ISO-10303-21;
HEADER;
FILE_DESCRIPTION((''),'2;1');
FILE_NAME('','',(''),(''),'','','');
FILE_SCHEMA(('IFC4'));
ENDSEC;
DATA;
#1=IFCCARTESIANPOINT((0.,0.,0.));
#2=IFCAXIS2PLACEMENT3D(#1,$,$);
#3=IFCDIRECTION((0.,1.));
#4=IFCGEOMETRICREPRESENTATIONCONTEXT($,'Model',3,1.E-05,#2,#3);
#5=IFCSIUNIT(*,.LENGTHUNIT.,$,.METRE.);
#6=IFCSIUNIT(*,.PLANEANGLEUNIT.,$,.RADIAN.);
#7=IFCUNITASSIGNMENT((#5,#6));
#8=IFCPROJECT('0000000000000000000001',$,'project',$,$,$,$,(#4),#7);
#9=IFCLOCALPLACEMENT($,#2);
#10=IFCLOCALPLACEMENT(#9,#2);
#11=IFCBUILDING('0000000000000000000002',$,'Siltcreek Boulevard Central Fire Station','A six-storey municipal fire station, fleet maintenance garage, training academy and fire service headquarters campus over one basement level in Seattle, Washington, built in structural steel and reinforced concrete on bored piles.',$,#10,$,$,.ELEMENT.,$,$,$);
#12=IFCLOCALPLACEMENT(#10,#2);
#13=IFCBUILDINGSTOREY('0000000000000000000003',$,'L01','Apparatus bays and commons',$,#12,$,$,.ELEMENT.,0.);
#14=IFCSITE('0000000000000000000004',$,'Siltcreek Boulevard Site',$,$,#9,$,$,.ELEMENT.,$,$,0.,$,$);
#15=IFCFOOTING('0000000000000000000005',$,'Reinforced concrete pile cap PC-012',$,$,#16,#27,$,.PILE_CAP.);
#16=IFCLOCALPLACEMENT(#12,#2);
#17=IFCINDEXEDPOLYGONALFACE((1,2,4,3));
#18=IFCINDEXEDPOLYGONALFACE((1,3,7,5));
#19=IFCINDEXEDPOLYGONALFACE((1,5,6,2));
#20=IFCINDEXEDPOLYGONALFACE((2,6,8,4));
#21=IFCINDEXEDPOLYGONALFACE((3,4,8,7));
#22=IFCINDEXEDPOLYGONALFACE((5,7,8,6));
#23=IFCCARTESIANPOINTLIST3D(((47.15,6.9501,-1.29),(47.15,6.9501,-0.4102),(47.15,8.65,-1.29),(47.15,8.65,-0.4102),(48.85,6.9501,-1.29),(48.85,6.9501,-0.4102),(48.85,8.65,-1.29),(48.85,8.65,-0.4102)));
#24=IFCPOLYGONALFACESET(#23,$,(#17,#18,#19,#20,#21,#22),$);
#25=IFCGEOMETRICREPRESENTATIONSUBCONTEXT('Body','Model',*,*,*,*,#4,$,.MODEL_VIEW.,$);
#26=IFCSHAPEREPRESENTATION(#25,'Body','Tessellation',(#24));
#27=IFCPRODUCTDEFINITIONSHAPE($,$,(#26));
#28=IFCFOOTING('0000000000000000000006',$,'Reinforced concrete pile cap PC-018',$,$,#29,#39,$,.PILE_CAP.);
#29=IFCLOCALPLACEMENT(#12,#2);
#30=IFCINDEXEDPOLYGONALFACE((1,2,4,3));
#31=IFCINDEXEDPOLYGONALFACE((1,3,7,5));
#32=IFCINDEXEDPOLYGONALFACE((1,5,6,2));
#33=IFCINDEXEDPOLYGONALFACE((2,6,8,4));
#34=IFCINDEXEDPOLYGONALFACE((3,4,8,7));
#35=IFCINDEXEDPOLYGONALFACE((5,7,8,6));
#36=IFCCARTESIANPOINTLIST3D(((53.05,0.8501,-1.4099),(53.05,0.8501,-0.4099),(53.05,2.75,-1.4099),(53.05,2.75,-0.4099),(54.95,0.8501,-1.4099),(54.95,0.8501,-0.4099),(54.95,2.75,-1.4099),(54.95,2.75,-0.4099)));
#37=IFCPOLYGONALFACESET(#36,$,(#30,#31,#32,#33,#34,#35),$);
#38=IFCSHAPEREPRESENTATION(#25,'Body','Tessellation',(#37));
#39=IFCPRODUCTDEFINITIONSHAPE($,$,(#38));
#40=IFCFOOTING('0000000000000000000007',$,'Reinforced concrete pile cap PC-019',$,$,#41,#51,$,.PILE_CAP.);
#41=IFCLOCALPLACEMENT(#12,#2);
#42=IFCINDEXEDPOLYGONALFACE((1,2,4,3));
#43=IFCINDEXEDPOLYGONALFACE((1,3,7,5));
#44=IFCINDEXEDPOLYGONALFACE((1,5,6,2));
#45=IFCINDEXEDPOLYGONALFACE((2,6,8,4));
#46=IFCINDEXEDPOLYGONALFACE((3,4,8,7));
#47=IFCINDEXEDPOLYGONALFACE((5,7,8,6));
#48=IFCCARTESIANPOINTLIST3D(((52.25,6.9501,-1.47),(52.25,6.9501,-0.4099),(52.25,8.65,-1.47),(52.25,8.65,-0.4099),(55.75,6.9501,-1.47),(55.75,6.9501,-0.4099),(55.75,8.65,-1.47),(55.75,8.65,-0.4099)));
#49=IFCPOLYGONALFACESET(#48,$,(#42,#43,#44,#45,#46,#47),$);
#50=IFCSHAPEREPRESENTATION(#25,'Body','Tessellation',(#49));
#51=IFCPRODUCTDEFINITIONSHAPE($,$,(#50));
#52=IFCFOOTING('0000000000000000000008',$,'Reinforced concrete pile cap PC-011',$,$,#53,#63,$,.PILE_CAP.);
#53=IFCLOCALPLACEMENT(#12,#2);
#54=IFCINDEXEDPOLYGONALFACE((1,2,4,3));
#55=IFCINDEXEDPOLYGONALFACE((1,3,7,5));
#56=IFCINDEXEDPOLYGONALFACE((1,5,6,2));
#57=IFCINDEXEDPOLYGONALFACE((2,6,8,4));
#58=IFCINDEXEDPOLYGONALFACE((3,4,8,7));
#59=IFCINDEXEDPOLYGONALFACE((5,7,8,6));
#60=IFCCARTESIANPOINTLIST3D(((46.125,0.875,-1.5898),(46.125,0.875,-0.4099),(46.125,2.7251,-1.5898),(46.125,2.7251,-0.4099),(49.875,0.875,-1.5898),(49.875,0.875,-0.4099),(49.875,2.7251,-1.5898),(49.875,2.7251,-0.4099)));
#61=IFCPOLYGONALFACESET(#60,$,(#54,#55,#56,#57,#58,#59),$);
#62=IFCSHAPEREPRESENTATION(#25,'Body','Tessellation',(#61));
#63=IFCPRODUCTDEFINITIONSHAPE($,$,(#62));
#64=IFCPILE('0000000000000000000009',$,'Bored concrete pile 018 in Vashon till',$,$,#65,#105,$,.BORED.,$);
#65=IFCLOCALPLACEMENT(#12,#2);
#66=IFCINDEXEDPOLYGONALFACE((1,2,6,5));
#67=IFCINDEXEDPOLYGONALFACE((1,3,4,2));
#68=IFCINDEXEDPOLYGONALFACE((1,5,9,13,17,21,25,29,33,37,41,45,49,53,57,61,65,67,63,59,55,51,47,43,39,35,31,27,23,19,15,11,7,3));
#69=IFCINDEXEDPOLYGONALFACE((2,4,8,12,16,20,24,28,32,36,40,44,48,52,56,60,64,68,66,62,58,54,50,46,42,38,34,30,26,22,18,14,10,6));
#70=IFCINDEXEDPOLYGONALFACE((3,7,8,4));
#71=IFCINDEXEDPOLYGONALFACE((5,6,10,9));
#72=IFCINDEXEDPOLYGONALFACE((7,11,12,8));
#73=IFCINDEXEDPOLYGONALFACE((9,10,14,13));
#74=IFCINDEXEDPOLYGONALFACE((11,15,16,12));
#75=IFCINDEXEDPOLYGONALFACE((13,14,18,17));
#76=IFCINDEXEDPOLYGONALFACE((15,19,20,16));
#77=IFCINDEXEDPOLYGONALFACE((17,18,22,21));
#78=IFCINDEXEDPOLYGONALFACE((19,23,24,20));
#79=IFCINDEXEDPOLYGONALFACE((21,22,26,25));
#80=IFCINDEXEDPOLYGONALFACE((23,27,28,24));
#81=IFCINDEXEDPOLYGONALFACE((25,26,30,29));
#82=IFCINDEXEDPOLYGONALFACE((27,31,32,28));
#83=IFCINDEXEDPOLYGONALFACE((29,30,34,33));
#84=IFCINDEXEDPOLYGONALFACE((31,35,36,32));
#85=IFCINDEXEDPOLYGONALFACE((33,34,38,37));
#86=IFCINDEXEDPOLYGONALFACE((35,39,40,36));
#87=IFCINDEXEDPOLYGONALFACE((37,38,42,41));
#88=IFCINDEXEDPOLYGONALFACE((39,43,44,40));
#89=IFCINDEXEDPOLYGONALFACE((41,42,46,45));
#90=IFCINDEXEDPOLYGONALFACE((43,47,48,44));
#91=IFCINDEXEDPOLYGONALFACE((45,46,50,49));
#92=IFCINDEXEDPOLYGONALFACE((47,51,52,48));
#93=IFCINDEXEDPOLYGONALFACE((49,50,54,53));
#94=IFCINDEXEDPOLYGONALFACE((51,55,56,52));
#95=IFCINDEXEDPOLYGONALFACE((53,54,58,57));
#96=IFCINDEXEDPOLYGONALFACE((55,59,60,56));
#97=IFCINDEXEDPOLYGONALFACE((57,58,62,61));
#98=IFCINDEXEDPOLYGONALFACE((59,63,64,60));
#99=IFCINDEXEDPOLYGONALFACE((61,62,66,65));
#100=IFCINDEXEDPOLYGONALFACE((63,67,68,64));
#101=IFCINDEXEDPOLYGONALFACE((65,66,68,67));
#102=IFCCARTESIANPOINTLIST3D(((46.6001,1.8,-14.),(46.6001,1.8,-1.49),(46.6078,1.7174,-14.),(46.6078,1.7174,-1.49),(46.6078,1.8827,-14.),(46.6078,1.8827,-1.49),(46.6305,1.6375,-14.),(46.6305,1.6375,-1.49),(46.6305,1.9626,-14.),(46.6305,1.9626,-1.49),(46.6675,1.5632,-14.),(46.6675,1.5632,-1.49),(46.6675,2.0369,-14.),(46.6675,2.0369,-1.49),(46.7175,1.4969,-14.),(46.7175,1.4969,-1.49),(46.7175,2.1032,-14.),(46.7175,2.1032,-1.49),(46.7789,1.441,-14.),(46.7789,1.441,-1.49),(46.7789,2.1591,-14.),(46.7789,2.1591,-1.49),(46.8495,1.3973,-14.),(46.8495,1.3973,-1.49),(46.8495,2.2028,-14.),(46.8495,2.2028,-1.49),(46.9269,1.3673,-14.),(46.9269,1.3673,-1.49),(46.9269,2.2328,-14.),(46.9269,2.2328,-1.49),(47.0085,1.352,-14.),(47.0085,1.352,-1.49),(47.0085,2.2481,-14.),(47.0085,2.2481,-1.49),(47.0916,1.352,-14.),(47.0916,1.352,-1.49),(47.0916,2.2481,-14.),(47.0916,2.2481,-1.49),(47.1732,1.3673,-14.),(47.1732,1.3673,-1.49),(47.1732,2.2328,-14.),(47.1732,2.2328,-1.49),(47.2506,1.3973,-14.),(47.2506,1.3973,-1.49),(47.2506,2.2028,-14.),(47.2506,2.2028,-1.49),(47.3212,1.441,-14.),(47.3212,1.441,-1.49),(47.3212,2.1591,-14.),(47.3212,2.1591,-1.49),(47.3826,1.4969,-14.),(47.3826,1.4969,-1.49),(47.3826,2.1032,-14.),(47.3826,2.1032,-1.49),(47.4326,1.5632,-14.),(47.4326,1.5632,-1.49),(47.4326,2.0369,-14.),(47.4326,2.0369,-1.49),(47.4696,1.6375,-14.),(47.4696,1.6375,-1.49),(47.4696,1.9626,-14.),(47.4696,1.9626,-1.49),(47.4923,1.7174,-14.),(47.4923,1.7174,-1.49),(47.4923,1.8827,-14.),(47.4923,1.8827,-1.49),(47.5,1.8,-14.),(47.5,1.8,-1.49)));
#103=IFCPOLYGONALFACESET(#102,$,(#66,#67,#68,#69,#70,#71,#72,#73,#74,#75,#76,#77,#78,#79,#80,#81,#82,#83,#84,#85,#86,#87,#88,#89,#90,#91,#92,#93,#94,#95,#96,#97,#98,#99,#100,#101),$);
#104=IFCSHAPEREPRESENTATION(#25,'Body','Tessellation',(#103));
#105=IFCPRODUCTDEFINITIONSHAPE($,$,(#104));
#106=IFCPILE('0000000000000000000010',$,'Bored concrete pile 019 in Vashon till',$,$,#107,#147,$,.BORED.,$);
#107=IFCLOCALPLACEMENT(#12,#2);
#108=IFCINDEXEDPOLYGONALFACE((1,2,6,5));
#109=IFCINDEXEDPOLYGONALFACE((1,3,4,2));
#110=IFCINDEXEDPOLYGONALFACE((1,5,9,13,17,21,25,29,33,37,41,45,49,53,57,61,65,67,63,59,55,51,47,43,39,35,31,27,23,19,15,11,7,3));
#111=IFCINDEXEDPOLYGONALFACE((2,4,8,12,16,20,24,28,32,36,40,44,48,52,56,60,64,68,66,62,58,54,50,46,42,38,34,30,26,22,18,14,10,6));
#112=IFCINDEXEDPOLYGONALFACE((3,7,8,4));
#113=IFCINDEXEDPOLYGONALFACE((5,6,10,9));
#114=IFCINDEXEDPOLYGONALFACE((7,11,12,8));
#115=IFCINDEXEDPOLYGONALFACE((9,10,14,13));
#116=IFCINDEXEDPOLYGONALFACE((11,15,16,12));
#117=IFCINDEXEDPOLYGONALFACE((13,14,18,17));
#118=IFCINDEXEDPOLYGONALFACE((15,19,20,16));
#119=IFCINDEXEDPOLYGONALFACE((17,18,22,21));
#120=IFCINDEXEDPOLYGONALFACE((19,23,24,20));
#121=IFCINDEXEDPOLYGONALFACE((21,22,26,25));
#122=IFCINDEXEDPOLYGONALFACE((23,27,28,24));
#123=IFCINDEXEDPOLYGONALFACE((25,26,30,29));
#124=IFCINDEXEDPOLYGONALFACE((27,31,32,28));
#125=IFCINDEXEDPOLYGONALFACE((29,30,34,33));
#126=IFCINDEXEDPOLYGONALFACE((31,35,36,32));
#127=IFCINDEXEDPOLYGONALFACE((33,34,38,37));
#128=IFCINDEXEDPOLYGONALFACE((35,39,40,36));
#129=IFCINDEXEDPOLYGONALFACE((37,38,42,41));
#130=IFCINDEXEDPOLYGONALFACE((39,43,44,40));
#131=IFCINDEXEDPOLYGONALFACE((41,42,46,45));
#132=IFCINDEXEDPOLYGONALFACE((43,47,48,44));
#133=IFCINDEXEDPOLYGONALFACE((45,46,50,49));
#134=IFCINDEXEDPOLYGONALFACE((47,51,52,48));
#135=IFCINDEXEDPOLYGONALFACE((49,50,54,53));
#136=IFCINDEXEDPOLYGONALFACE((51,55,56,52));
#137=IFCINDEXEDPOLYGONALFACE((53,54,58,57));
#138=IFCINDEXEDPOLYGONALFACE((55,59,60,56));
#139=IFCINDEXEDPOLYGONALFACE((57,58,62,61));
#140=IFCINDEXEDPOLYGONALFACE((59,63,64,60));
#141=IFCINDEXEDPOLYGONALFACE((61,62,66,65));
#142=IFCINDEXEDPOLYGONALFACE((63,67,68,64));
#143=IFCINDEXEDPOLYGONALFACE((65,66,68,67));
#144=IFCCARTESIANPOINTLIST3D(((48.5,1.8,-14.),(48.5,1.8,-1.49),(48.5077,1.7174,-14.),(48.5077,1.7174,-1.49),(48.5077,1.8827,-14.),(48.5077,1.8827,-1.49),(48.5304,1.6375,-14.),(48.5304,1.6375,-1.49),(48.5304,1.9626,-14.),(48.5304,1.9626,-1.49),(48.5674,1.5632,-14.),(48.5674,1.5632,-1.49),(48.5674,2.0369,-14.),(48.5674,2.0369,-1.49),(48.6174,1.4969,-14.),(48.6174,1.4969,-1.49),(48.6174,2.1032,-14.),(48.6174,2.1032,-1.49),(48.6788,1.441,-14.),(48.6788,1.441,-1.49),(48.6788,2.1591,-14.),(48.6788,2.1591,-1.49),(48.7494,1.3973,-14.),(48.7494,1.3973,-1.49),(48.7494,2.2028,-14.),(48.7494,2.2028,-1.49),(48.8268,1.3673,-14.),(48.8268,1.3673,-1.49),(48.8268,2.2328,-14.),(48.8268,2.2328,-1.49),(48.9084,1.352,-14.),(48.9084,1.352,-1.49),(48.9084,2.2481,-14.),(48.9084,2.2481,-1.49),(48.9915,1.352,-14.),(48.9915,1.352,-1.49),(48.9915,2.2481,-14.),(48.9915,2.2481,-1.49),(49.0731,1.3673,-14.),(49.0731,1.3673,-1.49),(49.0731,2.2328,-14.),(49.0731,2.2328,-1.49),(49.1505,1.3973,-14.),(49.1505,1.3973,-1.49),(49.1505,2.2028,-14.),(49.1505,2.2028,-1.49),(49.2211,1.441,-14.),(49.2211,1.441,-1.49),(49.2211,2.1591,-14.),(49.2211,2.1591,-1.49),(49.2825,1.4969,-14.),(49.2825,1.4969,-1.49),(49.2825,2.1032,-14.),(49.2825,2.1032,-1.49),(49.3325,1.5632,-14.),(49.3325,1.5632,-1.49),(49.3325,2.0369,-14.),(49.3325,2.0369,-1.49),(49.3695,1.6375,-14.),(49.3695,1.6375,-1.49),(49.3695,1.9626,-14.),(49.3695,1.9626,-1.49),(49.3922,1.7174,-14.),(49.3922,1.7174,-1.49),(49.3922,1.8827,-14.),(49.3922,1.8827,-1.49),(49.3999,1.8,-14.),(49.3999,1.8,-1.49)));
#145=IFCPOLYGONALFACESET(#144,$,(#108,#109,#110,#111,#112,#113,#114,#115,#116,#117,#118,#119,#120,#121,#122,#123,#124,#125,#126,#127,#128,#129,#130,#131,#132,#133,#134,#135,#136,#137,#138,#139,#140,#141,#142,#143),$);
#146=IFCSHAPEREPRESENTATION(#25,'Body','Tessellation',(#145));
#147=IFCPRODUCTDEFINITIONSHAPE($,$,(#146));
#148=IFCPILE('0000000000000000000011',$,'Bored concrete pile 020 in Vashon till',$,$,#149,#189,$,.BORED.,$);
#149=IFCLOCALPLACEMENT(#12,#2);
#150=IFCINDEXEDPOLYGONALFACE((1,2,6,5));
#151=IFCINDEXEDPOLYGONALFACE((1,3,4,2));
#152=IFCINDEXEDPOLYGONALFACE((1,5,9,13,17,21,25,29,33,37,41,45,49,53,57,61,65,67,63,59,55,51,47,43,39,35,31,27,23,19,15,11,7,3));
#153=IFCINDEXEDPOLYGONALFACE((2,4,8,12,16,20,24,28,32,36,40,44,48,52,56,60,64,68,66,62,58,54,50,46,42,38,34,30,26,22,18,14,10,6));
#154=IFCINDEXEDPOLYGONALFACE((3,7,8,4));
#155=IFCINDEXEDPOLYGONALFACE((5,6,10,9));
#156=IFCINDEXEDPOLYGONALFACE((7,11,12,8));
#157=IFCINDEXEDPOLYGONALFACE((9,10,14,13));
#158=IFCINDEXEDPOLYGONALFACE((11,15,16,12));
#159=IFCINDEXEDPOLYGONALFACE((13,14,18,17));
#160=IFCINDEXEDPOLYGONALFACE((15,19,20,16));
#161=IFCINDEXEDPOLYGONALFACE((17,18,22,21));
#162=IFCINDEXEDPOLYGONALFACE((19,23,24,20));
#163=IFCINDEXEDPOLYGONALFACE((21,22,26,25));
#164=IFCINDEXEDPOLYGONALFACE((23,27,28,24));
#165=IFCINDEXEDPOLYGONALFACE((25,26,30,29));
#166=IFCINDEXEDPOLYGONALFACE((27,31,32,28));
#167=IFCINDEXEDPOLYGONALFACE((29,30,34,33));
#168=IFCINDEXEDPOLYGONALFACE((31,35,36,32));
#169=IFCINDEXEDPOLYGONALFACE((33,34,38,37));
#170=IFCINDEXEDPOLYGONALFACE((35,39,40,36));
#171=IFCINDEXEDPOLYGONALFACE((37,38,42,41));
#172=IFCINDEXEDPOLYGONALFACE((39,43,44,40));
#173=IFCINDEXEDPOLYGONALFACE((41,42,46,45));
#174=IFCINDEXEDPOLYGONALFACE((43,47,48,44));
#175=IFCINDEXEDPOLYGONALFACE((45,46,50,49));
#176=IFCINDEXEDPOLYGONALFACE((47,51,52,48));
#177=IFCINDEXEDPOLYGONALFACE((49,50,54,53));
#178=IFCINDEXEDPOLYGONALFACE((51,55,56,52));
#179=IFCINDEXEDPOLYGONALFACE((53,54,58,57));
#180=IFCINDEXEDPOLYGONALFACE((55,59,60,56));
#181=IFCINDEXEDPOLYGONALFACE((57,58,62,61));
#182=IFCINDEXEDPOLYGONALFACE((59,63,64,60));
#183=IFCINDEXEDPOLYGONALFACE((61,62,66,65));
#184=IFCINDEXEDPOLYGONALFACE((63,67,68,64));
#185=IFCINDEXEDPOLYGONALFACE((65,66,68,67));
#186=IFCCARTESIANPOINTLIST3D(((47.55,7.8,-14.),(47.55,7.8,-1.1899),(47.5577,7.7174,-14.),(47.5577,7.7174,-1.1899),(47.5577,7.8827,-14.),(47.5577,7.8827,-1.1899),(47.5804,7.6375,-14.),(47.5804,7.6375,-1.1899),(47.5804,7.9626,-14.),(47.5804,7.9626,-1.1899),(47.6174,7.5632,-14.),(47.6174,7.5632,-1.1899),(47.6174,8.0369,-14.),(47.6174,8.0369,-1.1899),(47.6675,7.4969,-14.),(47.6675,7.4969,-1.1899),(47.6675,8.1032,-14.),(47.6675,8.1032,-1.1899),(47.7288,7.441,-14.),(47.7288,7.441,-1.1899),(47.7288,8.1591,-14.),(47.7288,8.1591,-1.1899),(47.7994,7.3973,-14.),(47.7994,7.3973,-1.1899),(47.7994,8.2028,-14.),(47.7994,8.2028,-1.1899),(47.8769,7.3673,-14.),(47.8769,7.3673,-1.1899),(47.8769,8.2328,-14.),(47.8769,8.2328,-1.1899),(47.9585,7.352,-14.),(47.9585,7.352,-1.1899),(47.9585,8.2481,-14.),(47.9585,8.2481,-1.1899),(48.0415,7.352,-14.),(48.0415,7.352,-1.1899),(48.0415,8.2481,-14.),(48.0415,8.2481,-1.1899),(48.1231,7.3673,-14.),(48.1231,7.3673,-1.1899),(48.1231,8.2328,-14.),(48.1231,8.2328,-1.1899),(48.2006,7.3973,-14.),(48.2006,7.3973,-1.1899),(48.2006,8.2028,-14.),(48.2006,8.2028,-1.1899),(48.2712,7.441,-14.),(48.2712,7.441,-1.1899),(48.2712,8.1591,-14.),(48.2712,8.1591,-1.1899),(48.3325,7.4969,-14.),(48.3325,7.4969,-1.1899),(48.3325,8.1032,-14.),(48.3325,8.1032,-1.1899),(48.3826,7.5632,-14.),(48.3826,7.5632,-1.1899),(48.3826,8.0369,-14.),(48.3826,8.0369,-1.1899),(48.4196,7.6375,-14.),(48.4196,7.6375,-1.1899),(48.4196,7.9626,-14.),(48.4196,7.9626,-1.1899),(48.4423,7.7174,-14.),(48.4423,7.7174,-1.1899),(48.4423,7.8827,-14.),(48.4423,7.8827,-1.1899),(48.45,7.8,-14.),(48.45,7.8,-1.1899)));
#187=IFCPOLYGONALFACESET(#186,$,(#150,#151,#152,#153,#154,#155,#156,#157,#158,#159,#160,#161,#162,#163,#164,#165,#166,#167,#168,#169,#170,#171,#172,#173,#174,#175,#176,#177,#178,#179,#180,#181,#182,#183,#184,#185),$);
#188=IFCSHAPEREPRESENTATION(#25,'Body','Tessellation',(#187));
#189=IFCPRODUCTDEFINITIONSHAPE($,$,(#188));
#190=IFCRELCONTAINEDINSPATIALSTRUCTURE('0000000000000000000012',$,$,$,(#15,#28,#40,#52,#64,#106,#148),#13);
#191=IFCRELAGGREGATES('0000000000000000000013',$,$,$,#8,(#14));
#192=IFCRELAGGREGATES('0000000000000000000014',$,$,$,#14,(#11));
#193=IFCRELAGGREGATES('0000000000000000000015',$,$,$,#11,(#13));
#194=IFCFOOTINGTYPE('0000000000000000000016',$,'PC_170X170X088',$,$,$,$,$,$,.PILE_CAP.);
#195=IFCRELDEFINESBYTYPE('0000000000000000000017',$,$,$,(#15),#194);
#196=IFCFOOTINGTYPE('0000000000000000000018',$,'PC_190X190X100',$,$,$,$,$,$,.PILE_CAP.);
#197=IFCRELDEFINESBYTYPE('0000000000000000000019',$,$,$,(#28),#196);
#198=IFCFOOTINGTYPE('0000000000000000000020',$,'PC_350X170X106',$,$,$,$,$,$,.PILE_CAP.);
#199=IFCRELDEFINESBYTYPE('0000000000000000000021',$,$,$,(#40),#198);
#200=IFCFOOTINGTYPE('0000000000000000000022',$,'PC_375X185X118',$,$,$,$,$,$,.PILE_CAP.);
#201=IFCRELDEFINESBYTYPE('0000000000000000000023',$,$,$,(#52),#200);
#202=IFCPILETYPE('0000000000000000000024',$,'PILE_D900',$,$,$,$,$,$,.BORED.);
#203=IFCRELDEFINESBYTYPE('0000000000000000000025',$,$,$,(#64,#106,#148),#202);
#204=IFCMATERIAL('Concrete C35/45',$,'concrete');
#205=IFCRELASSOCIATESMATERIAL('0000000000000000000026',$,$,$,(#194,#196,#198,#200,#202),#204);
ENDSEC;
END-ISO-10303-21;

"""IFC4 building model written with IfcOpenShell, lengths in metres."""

from ifc_helpers import new_model, si_unit, direction, frame, origin, origin_2d, place, context, subcontext, project, spatial, rectangle, circle, extrude, material, material_profile, profile_set, type_object, element, save


model = new_model("IFC4")

# Units and contexts
model_context = context("Model", 3, precision=1e-05, world=origin(), true_north=direction((0.0, 1.0)))
body_context = subcontext(model_context, "Body", "Model", "MODEL_VIEW")
ifc_project = project(units=[si_unit("LENGTHUNIT", "METRE"), si_unit("PLANEANGLEUNIT", "RADIAN")], contexts=[model_context])

# Site, building, storey
site_placement = place(None, origin())
site = spatial("IfcSite", under=ifc_project, at=site_placement, Name="Siltcreek Boulevard Site", CompositionType="ELEMENT", RefElevation=0.0)
building_placement = place(site_placement, origin())
building = spatial("IfcBuilding", under=site, at=building_placement, Name="Siltcreek Boulevard Central Fire Station", Description="A six-storey municipal fire station, fleet maintenance garage, training academy and fire service headquarters campus over one basement level in Seattle, Washington, built in structural steel and reinforced concrete on bored piles.", CompositionType="ELEMENT")
storey_placement = place(building_placement, origin())
storey = spatial("IfcBuildingStorey", under=building, at=storey_placement, Name="L01", Description="Apparatus bays and commons", CompositionType="ELEMENT", Elevation=0.0)

# Footings
ifc_material_1 = material(Name="Concrete C35/45", Category="concrete")
footing_type_1 = type_object("IfcFootingType", Name="PC_170X170X088", PredefinedType="PILE_CAP", material=ifc_material_1)
footing_1_placement = place(storey_placement, frame((48.0, 7.8, -1.29), z_axis=(0.0, 0.0, 1.0), x_axis=(1.0, 0.0, 0.0)))
element("IfcFooting", 1, at=footing_1_placement, inside=storey, type_object=footing_type_1, Name="Reinforced concrete pile cap PC-012", PredefinedType="PILE_CAP", context=body_context, shape_type="SweptSolid", body=[
    extrude(rectangle(XDim=1.7, YDim=1.7, at=origin_2d()), origin(), (0.0, 0.0, 1.0), 0.8799),
])
footing_type_2 = type_object("IfcFootingType", Name="PC_190X190X100", PredefinedType="PILE_CAP", material=ifc_material_1)
footing_2_placement = place(storey_placement, frame((54.0, 1.8, -1.4099), z_axis=(0.0, 0.0, 1.0), x_axis=(1.0, 0.0, 0.0)))
element("IfcFooting", 2, at=footing_2_placement, inside=storey, type_object=footing_type_2, Name="Reinforced concrete pile cap PC-018", PredefinedType="PILE_CAP", context=body_context, shape_type="SweptSolid", body=[
    extrude(rectangle(XDim=1.8999, YDim=1.8999, at=origin_2d()), origin(), (0.0, 0.0, 1.0), 1.0),
])
footing_type_3 = type_object("IfcFootingType", Name="PC_350X170X106", PredefinedType="PILE_CAP", material=ifc_material_1)
footing_3_placement = place(storey_placement, frame((54.0, 7.8, -1.47), z_axis=(0.0, 0.0, 1.0), x_axis=(1.0, 0.0, 0.0)))
element("IfcFooting", 3, at=footing_3_placement, inside=storey, type_object=footing_type_3, Name="Reinforced concrete pile cap PC-019", PredefinedType="PILE_CAP", context=body_context, shape_type="SweptSolid", body=[
    extrude(rectangle(XDim=3.5, YDim=1.7, at=origin_2d()), origin(), (0.0, 0.0, 1.0), 1.0601),
])
footing_type_4 = type_object("IfcFootingType", Name="PC_375X185X118", PredefinedType="PILE_CAP", material=ifc_material_1)
footing_4_placement = place(storey_placement, frame((48.0, 1.8, -1.5898), z_axis=(0.0, 0.0, 1.0), x_axis=(1.0, 0.0, 0.0)))
element("IfcFooting", 4, at=footing_4_placement, inside=storey, type_object=footing_type_4, Name="Reinforced concrete pile cap PC-011", PredefinedType="PILE_CAP", context=body_context, shape_type="SweptSolid", body=[
    extrude(rectangle(XDim=3.75, YDim=1.8501, at=origin_2d()), origin(), (0.0, 0.0, 1.0), 1.1799),
])

# Piles
ifc_material_profile_1 = material_profile(ifc_material_1, circle(Radius=0.45, at=origin_2d()), Name="SHAFT900")
ifc_profile_set_1 = profile_set([ifc_material_profile_1], Name="Concrete C35/45")
pile_type = type_object("IfcPileType", Name="PILE_D900", PredefinedType="BORED", material=ifc_profile_set_1)
for number, where, z_axis, x_axis, name in (
    (5, (47.05, 1.8, -1.49), (0.0, 0.0, -1.0), (1.0, 0.0, 0.0), "Bored concrete pile 018 in Vashon till"),
    (6, (48.95, 1.8, -1.49), (0.0, 0.0, -1.0), (1.0, 0.0, 0.0), "Bored concrete pile 019 in Vashon till"),
):
    element("IfcPile", number, at=place(storey_placement, frame(where, z_axis=z_axis, x_axis=x_axis)), inside=storey, type_object=pile_type, Name=name, PredefinedType="BORED", context=body_context, shape_type="SweptSolid", body=[
        extrude(circle(Radius=0.45, at=origin_2d()), origin(), (0.0, 0.0, 1.0), 12.51),
    ])
pile_1_placement = place(storey_placement, frame((48.0, 7.8, -1.1899), z_axis=(0.0, 0.0, -1.0), x_axis=(1.0, 0.0, 0.0)))
element("IfcPile", 7, at=pile_1_placement, inside=storey, type_object=pile_type, Name="Bored concrete pile 020 in Vashon till", PredefinedType="BORED", context=body_context, shape_type="SweptSolid", body=[
    extrude(circle(Radius=0.45, at=origin_2d()), origin(), (0.0, 0.0, 1.0), 12.8101),
])

save(model, "model.ifc")
